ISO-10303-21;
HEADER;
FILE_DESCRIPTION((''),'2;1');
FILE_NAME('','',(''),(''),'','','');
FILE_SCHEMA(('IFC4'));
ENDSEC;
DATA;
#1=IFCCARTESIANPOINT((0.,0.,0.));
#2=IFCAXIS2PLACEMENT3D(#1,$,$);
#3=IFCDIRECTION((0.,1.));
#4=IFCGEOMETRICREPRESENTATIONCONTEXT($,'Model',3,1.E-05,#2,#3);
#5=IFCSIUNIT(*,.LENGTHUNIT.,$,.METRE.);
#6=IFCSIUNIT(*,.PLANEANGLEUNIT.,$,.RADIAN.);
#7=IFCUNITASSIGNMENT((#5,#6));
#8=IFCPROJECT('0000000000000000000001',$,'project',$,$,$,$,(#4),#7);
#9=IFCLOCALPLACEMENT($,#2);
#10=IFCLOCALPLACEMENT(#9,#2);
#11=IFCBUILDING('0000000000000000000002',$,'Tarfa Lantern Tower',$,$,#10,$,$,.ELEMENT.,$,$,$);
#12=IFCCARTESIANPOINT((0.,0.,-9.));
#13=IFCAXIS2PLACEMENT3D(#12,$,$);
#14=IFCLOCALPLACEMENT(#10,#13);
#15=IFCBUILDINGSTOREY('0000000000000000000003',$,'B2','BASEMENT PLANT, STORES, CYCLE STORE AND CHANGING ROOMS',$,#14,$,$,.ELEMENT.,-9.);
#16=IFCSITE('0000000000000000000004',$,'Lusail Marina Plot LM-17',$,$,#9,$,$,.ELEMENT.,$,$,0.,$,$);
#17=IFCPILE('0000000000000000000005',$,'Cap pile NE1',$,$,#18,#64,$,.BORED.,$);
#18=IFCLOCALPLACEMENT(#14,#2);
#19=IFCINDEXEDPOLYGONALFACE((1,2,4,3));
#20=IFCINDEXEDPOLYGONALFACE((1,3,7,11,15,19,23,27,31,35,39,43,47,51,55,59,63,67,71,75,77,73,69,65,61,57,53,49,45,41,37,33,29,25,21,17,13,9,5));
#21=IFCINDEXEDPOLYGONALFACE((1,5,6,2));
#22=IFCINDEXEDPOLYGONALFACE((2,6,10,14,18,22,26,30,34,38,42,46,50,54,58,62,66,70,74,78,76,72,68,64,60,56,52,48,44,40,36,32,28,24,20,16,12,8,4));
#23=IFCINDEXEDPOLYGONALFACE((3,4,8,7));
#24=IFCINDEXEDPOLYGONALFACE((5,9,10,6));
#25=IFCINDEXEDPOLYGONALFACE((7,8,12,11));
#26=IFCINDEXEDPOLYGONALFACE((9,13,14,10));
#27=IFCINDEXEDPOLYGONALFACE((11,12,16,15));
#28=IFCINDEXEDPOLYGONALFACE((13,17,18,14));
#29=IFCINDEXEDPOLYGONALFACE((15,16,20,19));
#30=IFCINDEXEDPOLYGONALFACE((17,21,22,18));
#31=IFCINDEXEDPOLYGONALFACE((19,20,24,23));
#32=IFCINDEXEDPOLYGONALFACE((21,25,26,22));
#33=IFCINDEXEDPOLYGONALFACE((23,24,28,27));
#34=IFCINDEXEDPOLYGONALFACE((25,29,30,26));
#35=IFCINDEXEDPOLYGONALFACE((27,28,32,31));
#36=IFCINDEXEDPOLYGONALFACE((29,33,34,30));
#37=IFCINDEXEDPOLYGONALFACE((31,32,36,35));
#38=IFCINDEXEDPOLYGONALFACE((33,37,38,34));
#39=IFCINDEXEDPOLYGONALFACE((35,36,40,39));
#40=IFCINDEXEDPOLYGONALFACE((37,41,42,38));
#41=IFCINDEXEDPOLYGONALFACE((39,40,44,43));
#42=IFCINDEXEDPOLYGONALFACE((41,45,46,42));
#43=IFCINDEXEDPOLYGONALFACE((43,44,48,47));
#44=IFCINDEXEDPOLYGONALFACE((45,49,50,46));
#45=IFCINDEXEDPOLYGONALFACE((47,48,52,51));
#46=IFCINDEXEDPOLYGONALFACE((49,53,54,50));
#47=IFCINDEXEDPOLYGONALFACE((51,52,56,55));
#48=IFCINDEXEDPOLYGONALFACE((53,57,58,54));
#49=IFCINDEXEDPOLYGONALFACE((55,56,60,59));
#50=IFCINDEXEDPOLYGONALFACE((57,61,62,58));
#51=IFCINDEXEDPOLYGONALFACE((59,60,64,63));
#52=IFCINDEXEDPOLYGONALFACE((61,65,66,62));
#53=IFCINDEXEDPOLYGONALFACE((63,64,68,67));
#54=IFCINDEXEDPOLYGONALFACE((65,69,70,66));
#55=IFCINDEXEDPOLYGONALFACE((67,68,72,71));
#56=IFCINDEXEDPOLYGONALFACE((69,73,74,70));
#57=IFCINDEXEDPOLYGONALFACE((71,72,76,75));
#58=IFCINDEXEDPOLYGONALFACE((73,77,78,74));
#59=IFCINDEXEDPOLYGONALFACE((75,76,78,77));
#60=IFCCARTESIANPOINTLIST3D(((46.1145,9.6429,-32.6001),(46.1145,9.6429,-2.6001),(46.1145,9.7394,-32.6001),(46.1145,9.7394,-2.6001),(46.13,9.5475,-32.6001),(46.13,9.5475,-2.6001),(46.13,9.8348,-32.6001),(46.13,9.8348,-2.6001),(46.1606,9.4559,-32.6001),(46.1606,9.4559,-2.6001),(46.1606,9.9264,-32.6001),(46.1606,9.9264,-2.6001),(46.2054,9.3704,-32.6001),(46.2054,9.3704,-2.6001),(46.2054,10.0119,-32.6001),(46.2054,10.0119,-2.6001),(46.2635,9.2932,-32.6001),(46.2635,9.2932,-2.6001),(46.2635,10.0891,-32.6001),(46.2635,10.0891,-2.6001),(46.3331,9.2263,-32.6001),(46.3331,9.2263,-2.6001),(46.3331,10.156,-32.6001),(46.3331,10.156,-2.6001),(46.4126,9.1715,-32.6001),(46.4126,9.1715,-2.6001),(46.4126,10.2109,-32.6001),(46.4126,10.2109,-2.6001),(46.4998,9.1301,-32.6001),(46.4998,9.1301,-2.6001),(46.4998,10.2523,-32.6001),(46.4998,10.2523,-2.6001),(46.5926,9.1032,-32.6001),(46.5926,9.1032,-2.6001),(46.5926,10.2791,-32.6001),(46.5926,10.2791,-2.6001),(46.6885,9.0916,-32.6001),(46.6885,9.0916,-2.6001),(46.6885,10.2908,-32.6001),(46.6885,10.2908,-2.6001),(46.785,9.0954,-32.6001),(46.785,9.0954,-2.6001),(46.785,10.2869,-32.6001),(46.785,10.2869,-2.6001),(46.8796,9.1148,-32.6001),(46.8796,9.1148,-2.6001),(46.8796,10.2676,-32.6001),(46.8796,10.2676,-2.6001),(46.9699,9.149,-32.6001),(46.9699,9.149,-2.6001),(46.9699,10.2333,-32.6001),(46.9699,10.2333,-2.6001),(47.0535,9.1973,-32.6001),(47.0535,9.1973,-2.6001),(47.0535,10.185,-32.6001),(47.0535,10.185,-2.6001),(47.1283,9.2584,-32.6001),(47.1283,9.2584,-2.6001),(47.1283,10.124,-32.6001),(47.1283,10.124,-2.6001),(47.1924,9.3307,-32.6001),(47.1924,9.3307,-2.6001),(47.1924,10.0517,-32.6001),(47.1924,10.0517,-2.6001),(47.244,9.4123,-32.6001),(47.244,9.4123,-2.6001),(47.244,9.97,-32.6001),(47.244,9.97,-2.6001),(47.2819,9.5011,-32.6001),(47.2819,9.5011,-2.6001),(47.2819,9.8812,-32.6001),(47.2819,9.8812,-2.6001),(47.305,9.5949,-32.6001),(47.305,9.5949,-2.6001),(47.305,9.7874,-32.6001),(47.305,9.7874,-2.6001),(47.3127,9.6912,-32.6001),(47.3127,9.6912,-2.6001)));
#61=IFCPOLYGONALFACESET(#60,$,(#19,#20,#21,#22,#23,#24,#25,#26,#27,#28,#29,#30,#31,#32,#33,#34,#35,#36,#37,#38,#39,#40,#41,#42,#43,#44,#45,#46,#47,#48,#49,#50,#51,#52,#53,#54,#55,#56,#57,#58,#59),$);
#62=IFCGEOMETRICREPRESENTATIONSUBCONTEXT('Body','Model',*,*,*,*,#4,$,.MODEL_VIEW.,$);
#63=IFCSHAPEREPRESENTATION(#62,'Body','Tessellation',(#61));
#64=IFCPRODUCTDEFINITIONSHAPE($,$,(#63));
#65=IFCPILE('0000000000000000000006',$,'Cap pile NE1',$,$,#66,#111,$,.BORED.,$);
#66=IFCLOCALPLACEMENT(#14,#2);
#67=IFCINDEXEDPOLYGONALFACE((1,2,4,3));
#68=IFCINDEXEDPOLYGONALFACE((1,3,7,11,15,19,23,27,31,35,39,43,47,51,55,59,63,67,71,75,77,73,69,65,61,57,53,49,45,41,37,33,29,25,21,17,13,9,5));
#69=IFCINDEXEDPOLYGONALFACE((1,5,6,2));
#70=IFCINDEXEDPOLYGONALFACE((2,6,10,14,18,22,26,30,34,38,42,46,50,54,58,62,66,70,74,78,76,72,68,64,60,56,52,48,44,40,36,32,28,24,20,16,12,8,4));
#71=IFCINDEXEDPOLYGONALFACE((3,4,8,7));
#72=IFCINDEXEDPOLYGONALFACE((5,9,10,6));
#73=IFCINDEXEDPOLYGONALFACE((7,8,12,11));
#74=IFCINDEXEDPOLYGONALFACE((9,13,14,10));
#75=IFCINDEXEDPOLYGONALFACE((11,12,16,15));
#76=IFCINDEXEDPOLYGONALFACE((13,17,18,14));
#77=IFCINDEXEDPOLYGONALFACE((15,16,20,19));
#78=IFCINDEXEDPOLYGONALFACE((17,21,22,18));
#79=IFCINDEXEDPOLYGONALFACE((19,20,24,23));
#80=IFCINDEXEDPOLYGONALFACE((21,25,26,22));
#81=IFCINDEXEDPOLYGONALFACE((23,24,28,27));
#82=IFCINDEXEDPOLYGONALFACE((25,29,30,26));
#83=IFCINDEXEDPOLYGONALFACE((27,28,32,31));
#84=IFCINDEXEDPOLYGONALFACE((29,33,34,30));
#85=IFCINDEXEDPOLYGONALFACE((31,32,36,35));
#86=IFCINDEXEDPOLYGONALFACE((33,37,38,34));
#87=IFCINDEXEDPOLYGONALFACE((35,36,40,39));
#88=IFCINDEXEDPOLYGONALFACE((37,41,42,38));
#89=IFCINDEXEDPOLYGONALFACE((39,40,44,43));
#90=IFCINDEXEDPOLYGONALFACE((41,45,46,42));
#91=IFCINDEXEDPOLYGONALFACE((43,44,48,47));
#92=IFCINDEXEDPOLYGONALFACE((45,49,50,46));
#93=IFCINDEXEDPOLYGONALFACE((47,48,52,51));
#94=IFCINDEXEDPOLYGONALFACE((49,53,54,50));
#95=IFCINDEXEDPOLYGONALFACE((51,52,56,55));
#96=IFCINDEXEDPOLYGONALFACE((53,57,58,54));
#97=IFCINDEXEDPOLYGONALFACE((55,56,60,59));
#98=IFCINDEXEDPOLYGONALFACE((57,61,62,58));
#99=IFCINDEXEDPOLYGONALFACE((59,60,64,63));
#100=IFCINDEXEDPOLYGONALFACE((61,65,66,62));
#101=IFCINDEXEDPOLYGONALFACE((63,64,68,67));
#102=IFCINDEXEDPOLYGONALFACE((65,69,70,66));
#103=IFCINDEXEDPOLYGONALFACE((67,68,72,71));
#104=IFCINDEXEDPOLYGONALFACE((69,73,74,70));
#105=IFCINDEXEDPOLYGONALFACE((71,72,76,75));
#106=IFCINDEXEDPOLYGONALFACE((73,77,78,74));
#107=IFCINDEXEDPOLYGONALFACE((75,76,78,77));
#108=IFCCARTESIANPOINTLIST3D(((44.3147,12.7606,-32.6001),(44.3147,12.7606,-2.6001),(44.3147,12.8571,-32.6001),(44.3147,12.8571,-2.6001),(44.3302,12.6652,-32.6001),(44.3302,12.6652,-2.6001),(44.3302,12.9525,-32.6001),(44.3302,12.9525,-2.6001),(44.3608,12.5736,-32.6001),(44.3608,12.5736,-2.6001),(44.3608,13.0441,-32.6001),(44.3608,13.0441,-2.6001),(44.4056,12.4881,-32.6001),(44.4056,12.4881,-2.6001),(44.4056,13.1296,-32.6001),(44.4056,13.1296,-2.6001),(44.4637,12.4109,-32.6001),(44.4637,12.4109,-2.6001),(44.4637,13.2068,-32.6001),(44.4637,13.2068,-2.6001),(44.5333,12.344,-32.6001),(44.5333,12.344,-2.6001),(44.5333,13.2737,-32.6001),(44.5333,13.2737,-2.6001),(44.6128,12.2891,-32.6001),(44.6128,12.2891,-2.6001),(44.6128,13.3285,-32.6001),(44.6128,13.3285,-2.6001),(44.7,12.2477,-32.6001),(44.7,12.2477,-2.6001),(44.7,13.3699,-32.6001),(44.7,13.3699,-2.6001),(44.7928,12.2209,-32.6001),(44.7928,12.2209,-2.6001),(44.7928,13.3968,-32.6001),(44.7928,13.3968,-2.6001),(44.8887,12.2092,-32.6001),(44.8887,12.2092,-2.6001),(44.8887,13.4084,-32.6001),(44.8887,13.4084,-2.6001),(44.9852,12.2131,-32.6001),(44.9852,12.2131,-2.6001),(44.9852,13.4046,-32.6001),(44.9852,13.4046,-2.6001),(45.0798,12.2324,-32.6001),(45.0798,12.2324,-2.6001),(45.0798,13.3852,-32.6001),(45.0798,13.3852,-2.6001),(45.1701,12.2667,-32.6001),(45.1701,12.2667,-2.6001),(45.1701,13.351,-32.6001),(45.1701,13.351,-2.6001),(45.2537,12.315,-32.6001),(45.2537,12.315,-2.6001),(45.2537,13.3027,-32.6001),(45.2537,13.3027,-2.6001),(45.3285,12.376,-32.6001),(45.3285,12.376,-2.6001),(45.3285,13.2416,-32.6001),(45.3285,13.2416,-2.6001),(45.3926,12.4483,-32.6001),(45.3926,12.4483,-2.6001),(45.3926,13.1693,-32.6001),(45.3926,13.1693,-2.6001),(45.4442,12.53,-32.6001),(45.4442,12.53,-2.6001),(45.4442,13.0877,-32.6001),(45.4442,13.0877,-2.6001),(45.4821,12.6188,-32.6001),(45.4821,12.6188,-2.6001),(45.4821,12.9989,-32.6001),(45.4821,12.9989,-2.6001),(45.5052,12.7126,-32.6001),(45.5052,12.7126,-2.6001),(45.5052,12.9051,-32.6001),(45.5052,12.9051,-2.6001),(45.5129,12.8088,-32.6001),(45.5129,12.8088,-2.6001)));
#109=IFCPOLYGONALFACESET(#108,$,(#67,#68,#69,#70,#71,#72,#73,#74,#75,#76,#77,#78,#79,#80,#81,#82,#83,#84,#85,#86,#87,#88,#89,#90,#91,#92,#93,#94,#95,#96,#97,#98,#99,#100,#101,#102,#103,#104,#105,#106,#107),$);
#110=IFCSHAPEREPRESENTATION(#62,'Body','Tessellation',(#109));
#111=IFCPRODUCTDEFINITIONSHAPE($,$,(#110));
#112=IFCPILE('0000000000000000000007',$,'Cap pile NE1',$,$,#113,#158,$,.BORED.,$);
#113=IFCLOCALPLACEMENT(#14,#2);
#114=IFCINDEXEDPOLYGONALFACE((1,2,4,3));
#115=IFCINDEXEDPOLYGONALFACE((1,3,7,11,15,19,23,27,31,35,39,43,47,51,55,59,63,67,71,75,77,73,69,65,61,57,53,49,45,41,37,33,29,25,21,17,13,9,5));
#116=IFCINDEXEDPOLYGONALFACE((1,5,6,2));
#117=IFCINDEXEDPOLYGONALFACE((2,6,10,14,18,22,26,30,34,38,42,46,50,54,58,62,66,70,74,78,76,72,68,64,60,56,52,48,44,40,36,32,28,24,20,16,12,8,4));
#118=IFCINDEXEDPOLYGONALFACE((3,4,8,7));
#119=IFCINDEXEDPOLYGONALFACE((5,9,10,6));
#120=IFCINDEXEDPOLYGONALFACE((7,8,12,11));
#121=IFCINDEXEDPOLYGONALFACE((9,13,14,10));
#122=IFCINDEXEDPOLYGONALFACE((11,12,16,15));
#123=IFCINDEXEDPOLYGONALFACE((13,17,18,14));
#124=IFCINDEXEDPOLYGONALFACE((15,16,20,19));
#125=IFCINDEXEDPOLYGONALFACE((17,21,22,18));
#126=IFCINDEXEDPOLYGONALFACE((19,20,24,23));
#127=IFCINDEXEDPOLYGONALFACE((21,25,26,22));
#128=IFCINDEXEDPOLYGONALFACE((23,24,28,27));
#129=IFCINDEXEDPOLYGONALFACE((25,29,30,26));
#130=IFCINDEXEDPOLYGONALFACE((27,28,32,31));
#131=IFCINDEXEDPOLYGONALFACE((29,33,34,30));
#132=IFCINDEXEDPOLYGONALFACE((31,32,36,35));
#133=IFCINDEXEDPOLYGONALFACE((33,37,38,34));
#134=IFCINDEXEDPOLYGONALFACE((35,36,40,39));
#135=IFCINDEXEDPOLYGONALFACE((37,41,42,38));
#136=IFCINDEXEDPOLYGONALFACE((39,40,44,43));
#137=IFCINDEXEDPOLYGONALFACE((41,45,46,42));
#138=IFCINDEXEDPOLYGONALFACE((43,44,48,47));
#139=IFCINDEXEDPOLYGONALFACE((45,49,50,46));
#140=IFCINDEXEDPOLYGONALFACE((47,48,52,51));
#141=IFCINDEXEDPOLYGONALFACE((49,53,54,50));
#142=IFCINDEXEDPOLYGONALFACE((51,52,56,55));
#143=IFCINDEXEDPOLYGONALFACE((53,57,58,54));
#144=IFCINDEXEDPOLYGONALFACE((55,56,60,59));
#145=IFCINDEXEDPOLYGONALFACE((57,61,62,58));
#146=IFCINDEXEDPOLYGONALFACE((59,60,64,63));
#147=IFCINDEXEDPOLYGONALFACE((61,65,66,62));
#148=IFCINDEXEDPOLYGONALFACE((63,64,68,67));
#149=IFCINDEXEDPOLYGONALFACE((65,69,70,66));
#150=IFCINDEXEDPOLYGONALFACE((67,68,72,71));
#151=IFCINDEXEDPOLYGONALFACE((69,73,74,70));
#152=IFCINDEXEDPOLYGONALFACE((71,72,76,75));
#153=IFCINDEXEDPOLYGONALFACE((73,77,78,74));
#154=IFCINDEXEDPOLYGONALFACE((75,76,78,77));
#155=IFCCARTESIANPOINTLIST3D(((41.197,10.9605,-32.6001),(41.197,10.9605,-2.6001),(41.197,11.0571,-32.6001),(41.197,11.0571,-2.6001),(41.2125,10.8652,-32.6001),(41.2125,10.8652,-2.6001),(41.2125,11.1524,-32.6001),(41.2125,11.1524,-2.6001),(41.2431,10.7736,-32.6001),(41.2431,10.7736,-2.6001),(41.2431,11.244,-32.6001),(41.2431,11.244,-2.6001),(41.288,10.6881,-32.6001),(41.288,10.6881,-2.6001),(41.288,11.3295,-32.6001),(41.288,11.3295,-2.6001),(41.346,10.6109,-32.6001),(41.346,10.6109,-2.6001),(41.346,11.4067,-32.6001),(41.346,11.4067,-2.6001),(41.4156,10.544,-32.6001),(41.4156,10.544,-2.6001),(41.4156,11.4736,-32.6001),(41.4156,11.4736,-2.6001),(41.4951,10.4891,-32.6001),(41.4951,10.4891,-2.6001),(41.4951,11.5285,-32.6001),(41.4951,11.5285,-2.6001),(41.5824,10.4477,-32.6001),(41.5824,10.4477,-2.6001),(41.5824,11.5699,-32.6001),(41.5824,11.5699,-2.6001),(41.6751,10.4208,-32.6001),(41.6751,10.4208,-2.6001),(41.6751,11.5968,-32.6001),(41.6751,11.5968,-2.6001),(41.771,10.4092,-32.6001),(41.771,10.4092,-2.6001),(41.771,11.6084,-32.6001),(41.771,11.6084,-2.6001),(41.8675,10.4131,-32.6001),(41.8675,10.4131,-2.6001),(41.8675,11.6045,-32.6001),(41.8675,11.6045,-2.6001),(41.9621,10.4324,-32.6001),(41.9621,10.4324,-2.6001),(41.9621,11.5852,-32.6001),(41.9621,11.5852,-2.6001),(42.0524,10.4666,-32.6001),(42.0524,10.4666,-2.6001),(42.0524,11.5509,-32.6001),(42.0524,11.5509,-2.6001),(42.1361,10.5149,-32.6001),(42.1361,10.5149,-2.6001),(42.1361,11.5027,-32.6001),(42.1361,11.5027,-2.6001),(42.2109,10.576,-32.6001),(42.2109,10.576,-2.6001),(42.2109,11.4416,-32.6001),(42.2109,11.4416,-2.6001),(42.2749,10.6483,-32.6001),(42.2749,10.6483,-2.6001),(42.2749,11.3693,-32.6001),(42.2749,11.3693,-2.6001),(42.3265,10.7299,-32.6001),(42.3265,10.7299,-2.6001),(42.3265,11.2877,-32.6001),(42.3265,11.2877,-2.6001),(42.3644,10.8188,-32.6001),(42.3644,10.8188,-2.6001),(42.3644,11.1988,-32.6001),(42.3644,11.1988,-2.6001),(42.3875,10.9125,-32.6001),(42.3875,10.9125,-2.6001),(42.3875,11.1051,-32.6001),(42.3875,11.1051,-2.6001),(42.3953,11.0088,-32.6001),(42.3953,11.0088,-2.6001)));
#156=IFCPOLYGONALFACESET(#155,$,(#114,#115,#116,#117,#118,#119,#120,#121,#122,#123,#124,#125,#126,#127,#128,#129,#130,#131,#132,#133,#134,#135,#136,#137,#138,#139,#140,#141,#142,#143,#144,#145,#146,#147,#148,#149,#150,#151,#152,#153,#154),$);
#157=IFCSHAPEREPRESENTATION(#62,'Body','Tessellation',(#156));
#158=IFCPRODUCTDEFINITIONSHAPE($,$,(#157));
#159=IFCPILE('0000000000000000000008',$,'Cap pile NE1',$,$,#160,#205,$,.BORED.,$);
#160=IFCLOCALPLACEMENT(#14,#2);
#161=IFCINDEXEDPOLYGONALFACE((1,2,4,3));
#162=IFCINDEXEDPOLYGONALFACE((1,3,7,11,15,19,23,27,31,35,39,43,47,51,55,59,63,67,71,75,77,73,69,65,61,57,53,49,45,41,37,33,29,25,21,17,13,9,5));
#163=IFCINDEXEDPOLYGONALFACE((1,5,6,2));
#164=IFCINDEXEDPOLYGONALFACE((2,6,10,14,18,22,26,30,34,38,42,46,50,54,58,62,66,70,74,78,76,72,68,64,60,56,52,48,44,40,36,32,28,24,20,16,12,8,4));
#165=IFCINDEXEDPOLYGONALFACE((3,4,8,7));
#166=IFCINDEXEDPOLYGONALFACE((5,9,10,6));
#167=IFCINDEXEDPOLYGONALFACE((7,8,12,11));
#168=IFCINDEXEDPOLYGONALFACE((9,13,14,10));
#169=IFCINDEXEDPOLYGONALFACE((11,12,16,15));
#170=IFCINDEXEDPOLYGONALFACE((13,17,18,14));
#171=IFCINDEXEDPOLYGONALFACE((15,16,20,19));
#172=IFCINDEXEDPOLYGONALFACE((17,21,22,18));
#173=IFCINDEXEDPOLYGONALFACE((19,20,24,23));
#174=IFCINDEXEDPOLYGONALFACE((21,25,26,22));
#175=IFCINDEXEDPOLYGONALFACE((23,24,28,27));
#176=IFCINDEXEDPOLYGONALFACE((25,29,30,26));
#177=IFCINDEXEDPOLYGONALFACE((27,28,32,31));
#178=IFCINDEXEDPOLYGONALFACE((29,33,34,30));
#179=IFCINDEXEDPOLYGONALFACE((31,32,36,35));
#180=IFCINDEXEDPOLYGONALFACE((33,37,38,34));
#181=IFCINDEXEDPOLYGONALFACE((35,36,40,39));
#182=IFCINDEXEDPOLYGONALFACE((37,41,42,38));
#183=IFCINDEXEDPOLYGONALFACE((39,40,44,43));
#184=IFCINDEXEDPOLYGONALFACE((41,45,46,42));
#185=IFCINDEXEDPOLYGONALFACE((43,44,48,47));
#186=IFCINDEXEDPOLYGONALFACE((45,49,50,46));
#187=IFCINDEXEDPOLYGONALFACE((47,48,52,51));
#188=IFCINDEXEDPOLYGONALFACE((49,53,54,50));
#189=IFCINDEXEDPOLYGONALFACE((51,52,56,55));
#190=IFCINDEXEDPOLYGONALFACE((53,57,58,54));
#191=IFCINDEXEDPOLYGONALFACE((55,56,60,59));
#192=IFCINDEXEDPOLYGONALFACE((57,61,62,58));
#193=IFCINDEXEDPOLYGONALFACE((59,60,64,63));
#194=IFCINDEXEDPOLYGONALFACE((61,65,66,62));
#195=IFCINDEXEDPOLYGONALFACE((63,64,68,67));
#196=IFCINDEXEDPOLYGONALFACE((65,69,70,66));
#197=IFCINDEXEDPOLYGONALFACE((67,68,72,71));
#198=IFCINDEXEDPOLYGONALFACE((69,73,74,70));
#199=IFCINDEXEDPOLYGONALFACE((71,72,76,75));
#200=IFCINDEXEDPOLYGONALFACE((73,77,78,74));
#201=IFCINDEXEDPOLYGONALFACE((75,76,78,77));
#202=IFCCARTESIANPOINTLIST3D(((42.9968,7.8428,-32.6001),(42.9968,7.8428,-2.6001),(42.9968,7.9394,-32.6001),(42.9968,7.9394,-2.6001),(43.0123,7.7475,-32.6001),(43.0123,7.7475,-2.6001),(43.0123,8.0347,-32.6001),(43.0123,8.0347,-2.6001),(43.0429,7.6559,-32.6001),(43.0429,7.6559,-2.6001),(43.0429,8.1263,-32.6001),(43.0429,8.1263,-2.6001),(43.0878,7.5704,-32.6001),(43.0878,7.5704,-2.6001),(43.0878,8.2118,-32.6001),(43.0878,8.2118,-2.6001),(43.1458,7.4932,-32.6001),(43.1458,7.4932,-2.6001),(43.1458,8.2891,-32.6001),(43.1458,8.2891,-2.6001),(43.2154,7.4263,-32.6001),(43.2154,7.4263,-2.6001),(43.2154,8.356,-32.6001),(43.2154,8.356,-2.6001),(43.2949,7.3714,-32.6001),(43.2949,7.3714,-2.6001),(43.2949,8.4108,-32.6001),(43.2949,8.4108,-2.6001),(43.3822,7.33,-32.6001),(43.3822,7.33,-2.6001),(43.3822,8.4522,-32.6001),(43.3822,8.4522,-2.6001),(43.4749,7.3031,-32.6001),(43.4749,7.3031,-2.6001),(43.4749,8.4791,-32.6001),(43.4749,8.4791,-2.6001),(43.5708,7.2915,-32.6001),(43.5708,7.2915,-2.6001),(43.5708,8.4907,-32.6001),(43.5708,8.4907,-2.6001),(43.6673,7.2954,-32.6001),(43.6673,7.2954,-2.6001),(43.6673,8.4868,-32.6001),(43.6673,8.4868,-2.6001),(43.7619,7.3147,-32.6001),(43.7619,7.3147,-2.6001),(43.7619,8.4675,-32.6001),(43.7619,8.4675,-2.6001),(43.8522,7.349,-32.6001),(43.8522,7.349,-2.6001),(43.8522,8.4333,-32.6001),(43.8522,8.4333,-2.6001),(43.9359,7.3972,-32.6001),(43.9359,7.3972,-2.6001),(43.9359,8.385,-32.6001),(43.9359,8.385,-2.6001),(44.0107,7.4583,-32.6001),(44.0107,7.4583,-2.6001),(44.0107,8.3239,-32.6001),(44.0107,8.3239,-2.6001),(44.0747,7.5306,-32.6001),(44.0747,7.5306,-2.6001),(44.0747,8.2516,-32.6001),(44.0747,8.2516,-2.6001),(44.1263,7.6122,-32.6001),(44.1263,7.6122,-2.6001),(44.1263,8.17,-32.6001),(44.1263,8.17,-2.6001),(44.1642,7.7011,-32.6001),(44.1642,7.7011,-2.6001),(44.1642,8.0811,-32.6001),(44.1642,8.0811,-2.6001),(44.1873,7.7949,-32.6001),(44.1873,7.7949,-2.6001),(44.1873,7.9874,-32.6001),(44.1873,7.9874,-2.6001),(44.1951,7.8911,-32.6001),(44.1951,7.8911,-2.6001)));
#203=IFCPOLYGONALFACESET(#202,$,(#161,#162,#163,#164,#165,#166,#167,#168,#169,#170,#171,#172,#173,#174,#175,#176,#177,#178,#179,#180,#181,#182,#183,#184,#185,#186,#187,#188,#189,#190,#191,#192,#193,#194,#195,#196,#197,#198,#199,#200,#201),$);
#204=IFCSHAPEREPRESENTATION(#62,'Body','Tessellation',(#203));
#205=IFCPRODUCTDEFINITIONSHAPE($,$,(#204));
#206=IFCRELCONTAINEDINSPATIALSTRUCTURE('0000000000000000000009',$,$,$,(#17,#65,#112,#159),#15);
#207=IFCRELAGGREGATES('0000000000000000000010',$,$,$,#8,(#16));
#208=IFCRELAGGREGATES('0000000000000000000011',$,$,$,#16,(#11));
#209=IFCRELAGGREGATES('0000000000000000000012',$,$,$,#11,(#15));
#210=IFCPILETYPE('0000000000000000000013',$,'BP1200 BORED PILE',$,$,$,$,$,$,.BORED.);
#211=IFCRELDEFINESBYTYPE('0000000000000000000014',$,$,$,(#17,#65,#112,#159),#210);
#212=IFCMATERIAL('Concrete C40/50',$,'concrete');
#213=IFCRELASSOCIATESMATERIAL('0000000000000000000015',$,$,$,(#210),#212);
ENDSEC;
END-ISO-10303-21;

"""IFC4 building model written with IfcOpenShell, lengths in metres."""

from ifc_helpers import new_model, si_unit, direction, frame, origin, origin_2d, place, context, subcontext, project, spatial, circle, extrude, material, material_profile, profile_set, type_object, element, save


model = new_model("IFC4")

# Units and contexts
model_context = context("Model", 3, precision=1e-05, world=origin(), true_north=direction((0.0, 1.0)))
body_context = subcontext(model_context, "Body", "Model", "MODEL_VIEW")
ifc_project = project(units=[si_unit("LENGTHUNIT", "METRE"), si_unit("PLANEANGLEUNIT", "RADIAN")], contexts=[model_context])

# Site, building, storey
site_placement = place(None, origin())
site = spatial("IfcSite", under=ifc_project, at=site_placement, Name="Lusail Marina Plot LM-17", CompositionType="ELEMENT", RefElevation=0.0)
building_placement = place(site_placement, origin())
building = spatial("IfcBuilding", under=site, at=building_placement, Name="Tarfa Lantern Tower", CompositionType="ELEMENT")
storey_placement = place(building_placement, frame((0.0, 0.0, -9.0)))
storey = spatial("IfcBuildingStorey", under=building, at=storey_placement, Name="B2", Description="BASEMENT PLANT, STORES, CYCLE STORE AND CHANGING ROOMS", CompositionType="ELEMENT", Elevation=-9.0)

# Piles
ifc_material_1 = material(Name="Concrete C40/50", Category="concrete")
ifc_material_profile_1 = material_profile(ifc_material_1, circle(Radius=0.6001, at=origin_2d()), Name="BORED PILE D1200")
ifc_profile_set_1 = profile_set([ifc_material_profile_1], Name="Concrete C40/50")
pile_type_1 = type_object("IfcPileType", Name="BP1200 BORED PILE", PredefinedType="BORED", material=ifc_profile_set_1)
for number, where, z_axis, x_axis, name in (
    (1, (46.7126, 9.6912, -2.6001), (0.0, 0.0, -1.0), (1.0, 0.0, 0.0), "Cap pile NE1"),
    (2, (44.9128, 12.8088, -2.6001), (0.0, 0.0, -1.0), (1.0, 0.0, 0.0), "Cap pile NE1"),
    (3, (41.7952, 11.0088, -2.6001), (0.0, 0.0, -1.0), (1.0, 0.0, 0.0), "Cap pile NE1"),
    (4, (43.595, 7.8911, -2.6001), (0.0, 0.0, -1.0), (1.0, 0.0, 0.0), "Cap pile NE1"),
):
    element("IfcPile", number, at=place(storey_placement, frame(where, z_axis=z_axis, x_axis=x_axis)), inside=storey, type_object=pile_type_1, Name=name, PredefinedType="BORED", context=body_context, shape_type="SweptSolid", body=[
        extrude(circle(Radius=0.6001, at=origin_2d()), origin(), (0.0, 0.0, 1.0), 30.0),
    ])

save(model, "model.ifc")
